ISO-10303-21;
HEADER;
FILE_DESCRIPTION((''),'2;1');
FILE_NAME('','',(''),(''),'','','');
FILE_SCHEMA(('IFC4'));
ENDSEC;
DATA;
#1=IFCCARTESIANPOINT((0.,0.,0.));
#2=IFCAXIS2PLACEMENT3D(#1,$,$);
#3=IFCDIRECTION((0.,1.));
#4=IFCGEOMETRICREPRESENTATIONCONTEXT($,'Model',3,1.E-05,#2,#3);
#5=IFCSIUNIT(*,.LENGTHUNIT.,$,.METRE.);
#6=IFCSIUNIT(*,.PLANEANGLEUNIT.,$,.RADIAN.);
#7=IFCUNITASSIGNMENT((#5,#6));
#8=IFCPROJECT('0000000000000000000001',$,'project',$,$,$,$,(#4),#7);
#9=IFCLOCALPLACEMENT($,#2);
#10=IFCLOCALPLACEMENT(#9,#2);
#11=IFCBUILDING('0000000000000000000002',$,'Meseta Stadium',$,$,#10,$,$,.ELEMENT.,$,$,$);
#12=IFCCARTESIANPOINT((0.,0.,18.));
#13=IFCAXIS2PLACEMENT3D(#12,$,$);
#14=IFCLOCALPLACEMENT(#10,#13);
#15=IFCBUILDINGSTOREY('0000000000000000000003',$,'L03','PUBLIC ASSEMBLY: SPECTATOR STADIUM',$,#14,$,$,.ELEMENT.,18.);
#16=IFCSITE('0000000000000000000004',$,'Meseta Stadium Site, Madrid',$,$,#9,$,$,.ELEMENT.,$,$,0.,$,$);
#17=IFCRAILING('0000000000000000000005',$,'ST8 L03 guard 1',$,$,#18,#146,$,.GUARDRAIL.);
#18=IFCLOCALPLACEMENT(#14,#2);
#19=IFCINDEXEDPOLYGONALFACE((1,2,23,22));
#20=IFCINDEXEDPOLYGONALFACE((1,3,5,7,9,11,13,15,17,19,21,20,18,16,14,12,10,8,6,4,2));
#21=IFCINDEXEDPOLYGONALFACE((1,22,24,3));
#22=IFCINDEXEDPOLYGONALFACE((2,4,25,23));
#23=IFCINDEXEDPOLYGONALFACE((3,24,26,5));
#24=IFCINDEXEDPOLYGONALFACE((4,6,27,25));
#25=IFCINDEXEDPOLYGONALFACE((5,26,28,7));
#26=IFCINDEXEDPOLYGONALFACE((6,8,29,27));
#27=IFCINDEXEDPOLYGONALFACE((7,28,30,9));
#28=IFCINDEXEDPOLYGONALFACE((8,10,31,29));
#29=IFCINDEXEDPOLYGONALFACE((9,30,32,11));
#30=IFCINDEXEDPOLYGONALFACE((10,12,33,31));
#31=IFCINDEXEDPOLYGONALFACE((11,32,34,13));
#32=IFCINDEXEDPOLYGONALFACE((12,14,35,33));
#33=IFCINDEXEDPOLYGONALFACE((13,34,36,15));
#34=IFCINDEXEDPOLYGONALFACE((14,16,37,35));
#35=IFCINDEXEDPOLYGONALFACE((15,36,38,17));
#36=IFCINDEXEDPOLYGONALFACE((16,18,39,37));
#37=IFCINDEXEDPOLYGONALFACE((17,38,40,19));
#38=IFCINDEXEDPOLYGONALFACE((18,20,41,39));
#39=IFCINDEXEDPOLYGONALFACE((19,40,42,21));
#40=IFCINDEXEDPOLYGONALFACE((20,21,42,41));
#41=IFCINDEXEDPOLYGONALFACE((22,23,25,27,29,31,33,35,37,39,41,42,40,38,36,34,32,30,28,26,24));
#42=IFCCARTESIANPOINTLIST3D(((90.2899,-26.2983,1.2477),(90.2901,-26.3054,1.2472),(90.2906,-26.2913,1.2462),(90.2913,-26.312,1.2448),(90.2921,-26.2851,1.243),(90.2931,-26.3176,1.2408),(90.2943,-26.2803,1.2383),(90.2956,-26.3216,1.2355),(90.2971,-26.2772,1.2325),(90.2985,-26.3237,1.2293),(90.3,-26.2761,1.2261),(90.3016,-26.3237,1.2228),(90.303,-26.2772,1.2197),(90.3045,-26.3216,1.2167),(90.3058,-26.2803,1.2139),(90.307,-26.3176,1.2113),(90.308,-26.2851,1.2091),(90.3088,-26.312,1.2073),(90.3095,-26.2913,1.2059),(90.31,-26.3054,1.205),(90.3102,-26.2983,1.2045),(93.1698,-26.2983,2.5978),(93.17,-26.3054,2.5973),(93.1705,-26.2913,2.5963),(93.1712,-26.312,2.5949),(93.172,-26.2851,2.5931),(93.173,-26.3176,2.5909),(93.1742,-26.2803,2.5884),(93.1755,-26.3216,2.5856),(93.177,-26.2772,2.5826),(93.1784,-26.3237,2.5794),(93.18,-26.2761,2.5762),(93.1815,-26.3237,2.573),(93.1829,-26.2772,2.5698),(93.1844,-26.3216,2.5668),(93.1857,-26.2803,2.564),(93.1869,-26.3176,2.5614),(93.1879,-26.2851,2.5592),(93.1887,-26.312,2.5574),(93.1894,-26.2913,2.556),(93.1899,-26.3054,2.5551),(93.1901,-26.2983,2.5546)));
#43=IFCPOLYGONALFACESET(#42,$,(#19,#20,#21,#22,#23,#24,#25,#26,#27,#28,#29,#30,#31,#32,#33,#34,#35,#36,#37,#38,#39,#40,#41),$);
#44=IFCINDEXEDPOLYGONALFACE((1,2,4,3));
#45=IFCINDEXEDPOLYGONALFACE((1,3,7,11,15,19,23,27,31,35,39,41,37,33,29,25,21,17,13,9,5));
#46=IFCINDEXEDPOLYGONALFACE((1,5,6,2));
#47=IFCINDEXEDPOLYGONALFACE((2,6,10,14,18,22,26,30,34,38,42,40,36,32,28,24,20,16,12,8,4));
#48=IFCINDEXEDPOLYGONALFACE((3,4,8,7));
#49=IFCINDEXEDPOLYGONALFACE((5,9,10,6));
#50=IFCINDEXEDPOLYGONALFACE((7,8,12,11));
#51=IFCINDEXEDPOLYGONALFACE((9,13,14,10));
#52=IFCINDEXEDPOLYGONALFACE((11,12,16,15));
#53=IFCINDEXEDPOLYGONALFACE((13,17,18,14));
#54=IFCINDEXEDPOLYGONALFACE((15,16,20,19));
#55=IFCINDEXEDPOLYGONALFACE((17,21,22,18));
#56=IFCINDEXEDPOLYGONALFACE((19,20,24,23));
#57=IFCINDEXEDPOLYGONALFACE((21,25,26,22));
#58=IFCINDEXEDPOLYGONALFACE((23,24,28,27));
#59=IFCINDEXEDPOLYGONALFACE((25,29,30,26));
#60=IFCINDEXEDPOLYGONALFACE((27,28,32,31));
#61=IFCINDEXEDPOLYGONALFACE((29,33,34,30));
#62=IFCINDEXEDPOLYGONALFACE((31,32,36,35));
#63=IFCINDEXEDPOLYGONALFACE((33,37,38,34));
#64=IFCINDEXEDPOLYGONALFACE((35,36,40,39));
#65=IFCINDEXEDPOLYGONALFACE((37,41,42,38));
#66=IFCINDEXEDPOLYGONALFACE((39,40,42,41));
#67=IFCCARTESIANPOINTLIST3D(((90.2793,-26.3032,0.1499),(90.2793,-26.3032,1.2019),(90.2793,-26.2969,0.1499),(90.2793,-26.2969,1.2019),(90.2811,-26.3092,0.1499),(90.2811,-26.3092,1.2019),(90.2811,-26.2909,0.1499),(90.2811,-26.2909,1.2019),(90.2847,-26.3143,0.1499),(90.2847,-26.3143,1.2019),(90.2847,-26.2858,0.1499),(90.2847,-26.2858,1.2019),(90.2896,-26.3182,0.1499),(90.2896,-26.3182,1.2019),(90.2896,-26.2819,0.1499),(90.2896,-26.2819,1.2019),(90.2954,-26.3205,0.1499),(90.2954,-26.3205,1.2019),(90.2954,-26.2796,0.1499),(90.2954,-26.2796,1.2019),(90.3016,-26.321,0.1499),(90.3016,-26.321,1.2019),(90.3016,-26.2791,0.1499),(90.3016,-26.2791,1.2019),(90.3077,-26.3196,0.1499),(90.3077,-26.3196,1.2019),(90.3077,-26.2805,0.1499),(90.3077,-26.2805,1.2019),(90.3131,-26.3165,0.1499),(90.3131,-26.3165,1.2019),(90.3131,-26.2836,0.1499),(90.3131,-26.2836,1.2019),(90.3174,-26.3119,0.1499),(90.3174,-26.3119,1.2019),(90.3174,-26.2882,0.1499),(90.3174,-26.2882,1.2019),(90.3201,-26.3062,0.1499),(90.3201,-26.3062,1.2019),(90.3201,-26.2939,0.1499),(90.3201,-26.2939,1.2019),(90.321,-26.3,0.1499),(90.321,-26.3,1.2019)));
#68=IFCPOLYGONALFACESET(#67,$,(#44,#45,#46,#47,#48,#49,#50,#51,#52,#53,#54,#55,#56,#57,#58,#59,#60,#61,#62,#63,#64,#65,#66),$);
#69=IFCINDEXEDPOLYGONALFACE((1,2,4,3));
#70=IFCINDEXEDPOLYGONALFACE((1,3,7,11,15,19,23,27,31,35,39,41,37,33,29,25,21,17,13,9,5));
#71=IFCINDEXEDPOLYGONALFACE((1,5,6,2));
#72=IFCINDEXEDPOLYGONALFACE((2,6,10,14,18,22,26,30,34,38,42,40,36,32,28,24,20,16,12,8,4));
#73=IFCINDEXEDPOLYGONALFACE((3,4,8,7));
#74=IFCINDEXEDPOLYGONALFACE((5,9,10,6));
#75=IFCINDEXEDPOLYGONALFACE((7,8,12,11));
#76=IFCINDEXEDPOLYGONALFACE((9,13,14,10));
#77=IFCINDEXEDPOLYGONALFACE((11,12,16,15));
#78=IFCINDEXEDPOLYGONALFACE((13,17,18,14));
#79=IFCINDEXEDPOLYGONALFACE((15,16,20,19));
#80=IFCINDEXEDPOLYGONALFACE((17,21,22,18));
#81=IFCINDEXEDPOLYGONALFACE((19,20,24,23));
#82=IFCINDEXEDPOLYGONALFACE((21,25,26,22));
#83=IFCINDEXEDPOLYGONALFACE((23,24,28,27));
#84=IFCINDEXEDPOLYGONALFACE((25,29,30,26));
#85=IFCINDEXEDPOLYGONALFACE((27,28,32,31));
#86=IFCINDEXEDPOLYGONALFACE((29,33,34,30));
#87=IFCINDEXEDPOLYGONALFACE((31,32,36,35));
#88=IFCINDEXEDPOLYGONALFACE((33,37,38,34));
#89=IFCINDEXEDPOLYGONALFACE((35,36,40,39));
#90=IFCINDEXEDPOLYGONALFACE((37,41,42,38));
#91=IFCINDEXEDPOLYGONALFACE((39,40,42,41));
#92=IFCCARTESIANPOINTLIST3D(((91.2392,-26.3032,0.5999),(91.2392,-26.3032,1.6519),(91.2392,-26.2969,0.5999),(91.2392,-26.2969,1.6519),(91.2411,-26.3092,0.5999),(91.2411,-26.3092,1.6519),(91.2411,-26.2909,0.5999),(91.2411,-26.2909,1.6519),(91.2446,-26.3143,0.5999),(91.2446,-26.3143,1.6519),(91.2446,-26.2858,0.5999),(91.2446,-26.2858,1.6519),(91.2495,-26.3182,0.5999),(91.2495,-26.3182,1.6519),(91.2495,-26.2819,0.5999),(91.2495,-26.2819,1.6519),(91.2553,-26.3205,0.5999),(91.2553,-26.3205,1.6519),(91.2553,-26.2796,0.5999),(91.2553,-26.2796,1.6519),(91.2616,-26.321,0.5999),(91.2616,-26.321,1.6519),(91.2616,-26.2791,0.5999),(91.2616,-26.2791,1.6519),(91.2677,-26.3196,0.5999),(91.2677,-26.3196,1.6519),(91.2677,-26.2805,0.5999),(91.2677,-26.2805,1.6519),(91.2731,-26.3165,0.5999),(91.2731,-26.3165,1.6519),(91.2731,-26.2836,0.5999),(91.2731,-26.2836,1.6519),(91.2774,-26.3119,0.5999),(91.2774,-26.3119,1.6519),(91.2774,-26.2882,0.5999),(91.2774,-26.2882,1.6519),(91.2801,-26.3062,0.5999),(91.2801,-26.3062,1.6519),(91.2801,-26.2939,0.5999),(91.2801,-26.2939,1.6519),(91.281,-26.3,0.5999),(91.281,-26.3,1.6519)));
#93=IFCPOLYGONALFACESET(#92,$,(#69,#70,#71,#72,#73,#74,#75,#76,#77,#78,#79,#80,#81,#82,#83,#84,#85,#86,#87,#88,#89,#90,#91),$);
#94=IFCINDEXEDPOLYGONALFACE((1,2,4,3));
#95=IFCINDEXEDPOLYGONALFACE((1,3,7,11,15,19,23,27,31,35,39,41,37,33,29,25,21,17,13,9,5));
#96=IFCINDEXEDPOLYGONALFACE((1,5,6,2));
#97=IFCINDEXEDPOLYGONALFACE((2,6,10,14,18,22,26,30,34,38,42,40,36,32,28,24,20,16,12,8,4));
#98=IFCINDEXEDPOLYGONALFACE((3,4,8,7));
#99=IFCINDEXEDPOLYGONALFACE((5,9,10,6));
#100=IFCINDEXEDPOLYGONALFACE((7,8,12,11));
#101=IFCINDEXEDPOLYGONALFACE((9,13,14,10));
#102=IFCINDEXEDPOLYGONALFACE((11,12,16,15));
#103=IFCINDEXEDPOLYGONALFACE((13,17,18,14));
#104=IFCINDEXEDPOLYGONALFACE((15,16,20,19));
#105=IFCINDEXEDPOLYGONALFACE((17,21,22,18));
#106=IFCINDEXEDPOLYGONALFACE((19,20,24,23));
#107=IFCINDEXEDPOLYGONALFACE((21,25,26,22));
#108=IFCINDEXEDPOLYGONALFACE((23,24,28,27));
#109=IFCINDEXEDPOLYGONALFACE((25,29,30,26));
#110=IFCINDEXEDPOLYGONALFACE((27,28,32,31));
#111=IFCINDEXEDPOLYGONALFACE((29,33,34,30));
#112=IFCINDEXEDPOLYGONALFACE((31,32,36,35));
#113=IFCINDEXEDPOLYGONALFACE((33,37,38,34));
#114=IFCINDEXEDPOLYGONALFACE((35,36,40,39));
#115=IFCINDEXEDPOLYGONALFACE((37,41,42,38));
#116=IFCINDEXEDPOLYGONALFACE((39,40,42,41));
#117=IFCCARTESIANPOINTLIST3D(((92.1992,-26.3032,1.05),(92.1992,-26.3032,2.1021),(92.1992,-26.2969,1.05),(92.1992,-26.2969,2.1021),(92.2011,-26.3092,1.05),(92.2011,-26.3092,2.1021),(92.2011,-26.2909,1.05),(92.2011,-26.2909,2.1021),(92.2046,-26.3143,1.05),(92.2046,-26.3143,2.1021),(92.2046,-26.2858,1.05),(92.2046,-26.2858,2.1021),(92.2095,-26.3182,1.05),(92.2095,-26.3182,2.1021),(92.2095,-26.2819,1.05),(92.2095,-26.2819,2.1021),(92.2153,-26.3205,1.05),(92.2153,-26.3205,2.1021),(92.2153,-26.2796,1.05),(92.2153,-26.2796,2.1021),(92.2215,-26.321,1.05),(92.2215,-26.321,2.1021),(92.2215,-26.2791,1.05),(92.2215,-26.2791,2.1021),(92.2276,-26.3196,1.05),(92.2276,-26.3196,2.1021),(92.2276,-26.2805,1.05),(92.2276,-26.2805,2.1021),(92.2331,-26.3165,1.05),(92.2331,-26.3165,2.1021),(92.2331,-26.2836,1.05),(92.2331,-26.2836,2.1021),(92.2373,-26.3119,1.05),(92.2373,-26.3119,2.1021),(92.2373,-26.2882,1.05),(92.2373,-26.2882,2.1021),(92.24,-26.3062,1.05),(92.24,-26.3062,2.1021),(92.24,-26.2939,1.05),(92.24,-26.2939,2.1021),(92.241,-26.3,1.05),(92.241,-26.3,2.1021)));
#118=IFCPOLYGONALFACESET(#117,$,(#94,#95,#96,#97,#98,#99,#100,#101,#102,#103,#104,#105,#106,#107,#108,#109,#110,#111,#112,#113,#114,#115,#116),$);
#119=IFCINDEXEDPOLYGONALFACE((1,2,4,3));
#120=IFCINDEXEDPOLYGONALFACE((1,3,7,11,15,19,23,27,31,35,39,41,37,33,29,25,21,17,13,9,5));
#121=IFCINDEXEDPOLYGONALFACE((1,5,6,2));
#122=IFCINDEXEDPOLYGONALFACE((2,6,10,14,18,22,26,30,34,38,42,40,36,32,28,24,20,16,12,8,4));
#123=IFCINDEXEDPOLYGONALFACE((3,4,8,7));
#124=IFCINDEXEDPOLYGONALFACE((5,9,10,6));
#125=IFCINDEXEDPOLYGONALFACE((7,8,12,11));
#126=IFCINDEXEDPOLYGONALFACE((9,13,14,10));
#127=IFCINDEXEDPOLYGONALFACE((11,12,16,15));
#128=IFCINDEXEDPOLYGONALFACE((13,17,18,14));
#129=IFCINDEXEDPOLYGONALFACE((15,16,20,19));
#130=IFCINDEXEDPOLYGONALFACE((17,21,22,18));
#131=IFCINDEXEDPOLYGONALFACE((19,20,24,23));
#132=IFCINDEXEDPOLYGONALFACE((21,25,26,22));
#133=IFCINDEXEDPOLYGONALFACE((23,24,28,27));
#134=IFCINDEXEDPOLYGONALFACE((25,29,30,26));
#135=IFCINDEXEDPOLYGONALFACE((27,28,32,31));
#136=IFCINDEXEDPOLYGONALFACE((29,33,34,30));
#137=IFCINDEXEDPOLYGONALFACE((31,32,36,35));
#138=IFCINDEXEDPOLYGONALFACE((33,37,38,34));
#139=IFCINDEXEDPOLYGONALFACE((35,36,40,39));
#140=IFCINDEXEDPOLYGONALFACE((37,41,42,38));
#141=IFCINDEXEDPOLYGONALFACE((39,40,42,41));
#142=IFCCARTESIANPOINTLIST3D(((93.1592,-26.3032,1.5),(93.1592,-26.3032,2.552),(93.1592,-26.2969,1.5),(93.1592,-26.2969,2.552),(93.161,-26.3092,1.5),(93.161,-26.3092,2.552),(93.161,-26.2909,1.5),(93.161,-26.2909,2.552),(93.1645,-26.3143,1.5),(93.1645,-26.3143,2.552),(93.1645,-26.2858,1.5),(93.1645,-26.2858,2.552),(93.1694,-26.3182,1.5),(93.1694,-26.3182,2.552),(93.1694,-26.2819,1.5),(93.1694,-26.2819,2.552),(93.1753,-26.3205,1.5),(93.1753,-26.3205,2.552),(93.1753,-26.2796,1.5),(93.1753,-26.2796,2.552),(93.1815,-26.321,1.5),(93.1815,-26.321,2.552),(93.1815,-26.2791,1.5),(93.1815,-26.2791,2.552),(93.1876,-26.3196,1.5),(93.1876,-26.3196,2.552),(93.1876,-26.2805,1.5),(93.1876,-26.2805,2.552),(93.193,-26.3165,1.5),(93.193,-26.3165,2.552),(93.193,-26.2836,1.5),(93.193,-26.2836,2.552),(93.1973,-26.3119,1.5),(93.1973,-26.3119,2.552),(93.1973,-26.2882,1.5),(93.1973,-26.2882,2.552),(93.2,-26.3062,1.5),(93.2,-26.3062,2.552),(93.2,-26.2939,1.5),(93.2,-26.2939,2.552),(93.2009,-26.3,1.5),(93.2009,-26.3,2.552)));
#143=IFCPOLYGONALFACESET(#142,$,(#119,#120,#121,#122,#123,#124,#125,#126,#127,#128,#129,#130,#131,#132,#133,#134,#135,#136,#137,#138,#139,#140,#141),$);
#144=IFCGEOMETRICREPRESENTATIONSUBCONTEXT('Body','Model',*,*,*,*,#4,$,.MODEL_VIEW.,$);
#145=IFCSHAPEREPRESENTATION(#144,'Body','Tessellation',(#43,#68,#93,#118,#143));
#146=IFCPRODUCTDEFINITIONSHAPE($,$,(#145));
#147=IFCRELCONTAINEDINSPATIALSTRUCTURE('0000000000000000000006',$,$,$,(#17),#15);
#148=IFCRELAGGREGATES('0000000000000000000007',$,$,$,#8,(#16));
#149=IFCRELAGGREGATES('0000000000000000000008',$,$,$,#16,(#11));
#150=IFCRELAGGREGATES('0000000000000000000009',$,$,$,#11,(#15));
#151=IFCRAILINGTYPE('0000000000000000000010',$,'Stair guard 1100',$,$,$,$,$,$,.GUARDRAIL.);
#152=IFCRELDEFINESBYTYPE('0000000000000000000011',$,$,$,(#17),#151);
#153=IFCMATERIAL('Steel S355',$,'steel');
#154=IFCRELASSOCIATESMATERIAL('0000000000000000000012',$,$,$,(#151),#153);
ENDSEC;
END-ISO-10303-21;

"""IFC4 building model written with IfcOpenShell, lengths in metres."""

from ifc_helpers import new_model, si_unit, direction, frame, origin, origin_2d, place, context, subcontext, project, spatial, circle, extrude, material, type_object, element, save


model = new_model("IFC4")

# Units and contexts
model_context = context("Model", 3, precision=1e-05, world=origin(), true_north=direction((0.0, 1.0)))
body_context = subcontext(model_context, "Body", "Model", "MODEL_VIEW")
ifc_project = project(units=[si_unit("LENGTHUNIT", "METRE"), si_unit("PLANEANGLEUNIT", "RADIAN")], contexts=[model_context])

# Site, building, storey
site_placement = place(None, origin())
site = spatial("IfcSite", under=ifc_project, at=site_placement, Name="Meseta Stadium Site, Madrid", CompositionType="ELEMENT", RefElevation=0.0)
building_placement = place(site_placement, origin())
building = spatial("IfcBuilding", under=site, at=building_placement, Name="Meseta Stadium", CompositionType="ELEMENT")
storey_placement = place(building_placement, frame((0.0, 0.0, 18.0)))
storey = spatial("IfcBuildingStorey", under=building, at=storey_placement, Name="L03", Description="PUBLIC ASSEMBLY: SPECTATOR STADIUM", CompositionType="ELEMENT", Elevation=18.0)

# Railing
ifc_material_1 = material(Name="Steel S355", Category="steel")
railing_type_1 = type_object("IfcRailingType", Name="Stair guard 1100", PredefinedType="GUARDRAIL", material=ifc_material_1)
railing_1_placement = place(storey_placement, frame((90.3, -26.3, 0.1499)))
element("IfcRailing", 1, at=railing_1_placement, inside=storey, type_object=railing_type_1, Name="ST8 L03 guard 1", PredefinedType="GUARDRAIL", context=body_context, shape_type="SweptSolid", body=[
    extrude(circle(Radius=0.0239, at=origin_2d()), frame((0.0, 0.0, 1.0762), z_axis=(0.90544, 0.0, 0.424473), x_axis=(0.0, 1.0, 0.0)), (0.0, 0.0, 1.0), 3.1807),
    extrude(circle(Radius=0.021, at=origin_2d()), origin(), (0.0, 0.0, 1.0), 1.052),
    extrude(circle(Radius=0.021, at=origin_2d()), frame((0.96, 0.0, 0.45)), (0.0, 0.0, 1.0), 1.052),
    extrude(circle(Radius=0.021, at=origin_2d()), frame((1.9199, 0.0, 0.9001)), (0.0, 0.0, 1.0), 1.052),
    extrude(circle(Radius=0.021, at=origin_2d()), frame((2.8799, 0.0, 1.3501)), (0.0, 0.0, 1.0), 1.052),
])

save(model, "model.ifc")
